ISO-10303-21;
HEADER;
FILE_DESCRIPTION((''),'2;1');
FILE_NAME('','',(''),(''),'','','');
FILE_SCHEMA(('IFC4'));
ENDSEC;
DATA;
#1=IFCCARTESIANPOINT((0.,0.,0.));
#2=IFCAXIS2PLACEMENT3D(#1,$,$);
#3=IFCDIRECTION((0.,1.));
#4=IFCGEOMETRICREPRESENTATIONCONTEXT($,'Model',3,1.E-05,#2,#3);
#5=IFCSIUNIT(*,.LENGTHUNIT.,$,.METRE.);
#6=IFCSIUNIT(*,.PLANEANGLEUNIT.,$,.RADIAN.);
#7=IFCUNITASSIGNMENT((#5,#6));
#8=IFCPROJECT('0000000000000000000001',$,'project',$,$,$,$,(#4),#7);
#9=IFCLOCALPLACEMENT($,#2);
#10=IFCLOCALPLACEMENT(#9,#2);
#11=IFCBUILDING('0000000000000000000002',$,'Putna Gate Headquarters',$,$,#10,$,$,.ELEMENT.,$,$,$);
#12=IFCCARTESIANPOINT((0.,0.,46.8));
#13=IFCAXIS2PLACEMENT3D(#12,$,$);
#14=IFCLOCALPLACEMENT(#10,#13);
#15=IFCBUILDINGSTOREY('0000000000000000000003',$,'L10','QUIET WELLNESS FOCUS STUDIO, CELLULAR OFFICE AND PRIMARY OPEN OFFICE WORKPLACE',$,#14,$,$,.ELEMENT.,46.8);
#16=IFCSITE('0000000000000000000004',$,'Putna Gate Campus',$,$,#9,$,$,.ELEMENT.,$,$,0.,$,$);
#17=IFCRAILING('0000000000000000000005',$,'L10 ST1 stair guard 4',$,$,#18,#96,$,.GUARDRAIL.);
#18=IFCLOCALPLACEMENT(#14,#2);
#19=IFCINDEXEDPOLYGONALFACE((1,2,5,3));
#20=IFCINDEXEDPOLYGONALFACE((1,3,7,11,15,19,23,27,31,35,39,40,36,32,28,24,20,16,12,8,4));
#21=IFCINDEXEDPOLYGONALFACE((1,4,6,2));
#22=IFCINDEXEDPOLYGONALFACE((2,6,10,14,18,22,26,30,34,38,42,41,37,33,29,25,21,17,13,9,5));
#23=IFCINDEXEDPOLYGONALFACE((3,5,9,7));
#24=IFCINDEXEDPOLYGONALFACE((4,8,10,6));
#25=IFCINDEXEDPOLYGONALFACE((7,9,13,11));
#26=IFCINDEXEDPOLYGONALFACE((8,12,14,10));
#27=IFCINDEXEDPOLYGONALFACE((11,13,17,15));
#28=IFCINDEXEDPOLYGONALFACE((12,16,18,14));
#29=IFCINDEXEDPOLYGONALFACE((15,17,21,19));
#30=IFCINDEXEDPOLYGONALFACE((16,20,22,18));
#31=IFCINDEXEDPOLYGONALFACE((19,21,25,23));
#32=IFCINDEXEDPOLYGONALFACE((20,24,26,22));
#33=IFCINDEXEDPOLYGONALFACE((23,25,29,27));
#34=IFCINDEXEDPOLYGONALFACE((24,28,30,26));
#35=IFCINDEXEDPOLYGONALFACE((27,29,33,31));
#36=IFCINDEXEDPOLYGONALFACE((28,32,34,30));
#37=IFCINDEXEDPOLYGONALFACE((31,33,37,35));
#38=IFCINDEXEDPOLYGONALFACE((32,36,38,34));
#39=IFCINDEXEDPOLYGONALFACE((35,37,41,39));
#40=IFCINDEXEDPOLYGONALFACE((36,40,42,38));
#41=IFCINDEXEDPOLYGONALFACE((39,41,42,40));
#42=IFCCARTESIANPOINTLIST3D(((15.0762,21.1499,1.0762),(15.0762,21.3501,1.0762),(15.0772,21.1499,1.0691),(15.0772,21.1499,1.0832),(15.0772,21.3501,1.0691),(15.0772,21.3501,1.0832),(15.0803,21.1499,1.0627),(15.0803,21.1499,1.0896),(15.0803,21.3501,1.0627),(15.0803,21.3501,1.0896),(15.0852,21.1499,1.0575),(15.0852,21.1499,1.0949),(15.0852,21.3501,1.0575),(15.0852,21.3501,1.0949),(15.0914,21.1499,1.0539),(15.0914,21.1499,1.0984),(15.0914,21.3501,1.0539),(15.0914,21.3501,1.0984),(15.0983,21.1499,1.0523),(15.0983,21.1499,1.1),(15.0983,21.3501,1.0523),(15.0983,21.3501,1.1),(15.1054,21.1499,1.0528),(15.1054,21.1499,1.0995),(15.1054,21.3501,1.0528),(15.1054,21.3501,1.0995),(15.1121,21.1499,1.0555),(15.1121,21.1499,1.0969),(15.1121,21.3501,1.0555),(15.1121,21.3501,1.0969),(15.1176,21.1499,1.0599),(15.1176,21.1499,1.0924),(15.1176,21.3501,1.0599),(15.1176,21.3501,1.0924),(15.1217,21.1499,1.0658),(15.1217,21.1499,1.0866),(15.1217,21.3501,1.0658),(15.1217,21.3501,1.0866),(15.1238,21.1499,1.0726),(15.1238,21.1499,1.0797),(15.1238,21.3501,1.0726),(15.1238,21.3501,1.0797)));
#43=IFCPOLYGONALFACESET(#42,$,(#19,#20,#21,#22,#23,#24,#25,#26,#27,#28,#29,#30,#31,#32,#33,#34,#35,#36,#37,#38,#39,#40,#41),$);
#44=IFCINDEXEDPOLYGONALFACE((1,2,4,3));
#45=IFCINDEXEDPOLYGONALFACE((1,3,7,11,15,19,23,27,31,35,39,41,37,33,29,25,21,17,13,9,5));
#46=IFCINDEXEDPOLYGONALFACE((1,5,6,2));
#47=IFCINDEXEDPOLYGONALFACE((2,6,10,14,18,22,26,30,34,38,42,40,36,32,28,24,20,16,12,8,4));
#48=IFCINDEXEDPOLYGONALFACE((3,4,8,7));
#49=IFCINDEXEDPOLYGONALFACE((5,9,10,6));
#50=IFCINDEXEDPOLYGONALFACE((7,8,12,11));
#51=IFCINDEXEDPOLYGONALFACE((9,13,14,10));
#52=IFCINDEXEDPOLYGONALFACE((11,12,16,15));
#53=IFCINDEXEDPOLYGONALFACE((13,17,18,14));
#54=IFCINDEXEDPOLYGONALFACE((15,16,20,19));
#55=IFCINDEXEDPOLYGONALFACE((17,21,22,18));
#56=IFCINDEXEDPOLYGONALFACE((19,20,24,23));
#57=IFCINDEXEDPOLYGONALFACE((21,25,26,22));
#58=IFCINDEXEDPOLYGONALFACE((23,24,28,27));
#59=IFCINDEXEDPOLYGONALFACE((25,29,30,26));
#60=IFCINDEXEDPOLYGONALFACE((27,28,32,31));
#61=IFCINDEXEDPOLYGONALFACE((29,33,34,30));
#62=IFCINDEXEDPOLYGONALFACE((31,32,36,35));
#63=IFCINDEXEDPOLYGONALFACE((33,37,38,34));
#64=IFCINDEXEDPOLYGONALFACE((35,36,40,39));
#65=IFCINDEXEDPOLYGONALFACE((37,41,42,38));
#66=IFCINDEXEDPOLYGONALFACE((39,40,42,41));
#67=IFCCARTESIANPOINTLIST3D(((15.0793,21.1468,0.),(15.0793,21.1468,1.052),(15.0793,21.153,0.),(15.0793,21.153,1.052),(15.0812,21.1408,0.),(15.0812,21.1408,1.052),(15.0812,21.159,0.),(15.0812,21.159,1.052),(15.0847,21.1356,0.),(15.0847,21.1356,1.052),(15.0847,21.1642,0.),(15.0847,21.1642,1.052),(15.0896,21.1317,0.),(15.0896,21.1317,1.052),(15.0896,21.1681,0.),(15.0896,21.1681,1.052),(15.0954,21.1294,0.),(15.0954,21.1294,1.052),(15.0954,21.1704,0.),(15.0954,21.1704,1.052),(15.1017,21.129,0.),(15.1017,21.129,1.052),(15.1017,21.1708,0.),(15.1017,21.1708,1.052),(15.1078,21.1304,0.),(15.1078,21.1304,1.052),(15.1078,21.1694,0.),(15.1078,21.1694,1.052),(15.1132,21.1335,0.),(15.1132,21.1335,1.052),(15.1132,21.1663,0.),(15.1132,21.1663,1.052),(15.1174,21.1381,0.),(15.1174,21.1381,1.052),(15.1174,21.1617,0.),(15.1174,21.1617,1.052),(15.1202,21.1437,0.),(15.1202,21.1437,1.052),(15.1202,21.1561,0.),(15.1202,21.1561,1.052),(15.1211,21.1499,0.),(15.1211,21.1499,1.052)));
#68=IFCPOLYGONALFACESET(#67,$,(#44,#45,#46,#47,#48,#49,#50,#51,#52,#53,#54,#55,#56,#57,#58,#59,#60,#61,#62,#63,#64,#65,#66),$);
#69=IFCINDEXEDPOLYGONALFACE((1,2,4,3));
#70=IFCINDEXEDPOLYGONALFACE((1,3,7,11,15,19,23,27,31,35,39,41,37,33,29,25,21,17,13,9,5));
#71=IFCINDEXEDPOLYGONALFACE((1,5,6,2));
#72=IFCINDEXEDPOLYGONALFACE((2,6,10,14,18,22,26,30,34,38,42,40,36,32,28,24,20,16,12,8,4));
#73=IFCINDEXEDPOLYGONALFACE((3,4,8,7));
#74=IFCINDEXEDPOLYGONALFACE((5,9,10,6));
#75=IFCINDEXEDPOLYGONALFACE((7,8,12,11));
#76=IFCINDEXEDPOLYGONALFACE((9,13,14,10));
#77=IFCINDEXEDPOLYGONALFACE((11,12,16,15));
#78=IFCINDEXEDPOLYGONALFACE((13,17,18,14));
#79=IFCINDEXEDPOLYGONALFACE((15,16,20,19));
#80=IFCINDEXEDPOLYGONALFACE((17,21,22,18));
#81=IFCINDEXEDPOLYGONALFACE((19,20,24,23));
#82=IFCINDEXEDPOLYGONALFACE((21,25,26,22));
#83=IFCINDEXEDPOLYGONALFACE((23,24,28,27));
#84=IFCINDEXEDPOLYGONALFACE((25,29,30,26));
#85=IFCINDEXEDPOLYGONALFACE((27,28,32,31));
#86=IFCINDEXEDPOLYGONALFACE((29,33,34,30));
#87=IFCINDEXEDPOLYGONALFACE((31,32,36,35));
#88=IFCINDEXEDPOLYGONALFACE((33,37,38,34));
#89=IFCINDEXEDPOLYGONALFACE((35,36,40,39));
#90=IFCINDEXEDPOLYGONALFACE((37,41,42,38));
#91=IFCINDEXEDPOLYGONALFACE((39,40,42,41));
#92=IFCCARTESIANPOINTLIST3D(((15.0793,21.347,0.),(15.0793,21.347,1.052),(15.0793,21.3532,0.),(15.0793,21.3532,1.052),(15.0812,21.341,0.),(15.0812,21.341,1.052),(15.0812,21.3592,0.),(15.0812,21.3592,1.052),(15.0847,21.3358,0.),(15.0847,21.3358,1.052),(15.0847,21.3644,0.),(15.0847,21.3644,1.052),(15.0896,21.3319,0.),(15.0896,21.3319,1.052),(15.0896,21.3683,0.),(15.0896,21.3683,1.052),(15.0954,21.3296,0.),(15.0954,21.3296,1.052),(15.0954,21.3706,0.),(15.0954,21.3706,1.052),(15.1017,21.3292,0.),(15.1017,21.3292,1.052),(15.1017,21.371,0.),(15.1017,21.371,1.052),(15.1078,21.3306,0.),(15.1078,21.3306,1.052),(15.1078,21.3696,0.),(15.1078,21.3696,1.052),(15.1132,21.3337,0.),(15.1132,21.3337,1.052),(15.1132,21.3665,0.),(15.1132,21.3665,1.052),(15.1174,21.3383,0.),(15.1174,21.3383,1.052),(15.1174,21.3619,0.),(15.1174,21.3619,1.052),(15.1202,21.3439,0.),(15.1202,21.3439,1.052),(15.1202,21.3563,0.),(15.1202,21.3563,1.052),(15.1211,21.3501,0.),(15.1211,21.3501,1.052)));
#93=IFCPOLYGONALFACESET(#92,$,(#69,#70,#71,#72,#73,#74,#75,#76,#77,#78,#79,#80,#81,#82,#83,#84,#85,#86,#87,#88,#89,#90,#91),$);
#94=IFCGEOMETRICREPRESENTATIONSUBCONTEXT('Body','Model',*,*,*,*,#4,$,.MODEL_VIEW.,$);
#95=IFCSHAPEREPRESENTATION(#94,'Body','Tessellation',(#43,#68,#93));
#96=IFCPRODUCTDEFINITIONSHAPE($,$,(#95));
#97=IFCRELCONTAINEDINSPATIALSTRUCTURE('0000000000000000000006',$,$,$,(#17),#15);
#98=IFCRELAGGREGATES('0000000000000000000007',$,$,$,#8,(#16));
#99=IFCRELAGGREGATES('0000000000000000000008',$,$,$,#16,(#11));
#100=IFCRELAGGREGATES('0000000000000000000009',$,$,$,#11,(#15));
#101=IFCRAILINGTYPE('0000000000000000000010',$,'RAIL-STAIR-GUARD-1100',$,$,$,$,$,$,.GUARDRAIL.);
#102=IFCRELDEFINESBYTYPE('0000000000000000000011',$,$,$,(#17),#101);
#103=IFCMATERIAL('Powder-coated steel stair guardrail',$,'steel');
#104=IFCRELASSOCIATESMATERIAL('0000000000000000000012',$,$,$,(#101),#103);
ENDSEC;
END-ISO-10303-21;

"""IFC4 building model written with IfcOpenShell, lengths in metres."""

from ifc_helpers import new_model, si_unit, direction, frame, origin, origin_2d, place, context, subcontext, project, spatial, circle, extrude, material, type_object, element, save


model = new_model("IFC4")

# Units and contexts
model_context = context("Model", 3, precision=1e-05, world=origin(), true_north=direction((0.0, 1.0)))
body_context = subcontext(model_context, "Body", "Model", "MODEL_VIEW")
ifc_project = project(units=[si_unit("LENGTHUNIT", "METRE"), si_unit("PLANEANGLEUNIT", "RADIAN")], contexts=[model_context])

# Site, building, storey
site_placement = place(None, origin())
site = spatial("IfcSite", under=ifc_project, at=site_placement, Name="Putna Gate Campus", CompositionType="ELEMENT", RefElevation=0.0)
building_placement = place(site_placement, origin())
building = spatial("IfcBuilding", under=site, at=building_placement, Name="Putna Gate Headquarters", CompositionType="ELEMENT")
storey_placement = place(building_placement, frame((0.0, 0.0, 46.8)))
storey = spatial("IfcBuildingStorey", under=building, at=storey_placement, Name="L10", Description="QUIET WELLNESS FOCUS STUDIO, CELLULAR OFFICE AND PRIMARY OPEN OFFICE WORKPLACE", CompositionType="ELEMENT", Elevation=46.8)

# Railing
ifc_material_1 = material(Name="Powder-coated steel stair guardrail", Category="steel")
railing_type_1 = type_object("IfcRailingType", Name="RAIL-STAIR-GUARD-1100", PredefinedType="GUARDRAIL", material=ifc_material_1)
railing_1_placement = place(storey_placement, frame((15.1001, 21.1499, 0.0)))
element("IfcRailing", 1, at=railing_1_placement, inside=storey, type_object=railing_type_1, Name="L10 ST1 stair guard 4", PredefinedType="GUARDRAIL", context=body_context, shape_type="SweptSolid", body=[
    extrude(circle(Radius=0.0239, at=origin_2d()), frame((0.0, 0.0, 1.0762), z_axis=(0.0, 1.0, 0.0), x_axis=(-1.0, 0.0, 0.0)), (0.0, 0.0, 1.0), 0.2002),
    extrude(circle(Radius=0.021, at=origin_2d()), origin(), (0.0, 0.0, 1.0), 1.052),
    extrude(circle(Radius=0.021, at=origin_2d()), frame((0.0, 0.2002, 0.0)), (0.0, 0.0, 1.0), 1.052),
])

save(model, "model.ifc")
